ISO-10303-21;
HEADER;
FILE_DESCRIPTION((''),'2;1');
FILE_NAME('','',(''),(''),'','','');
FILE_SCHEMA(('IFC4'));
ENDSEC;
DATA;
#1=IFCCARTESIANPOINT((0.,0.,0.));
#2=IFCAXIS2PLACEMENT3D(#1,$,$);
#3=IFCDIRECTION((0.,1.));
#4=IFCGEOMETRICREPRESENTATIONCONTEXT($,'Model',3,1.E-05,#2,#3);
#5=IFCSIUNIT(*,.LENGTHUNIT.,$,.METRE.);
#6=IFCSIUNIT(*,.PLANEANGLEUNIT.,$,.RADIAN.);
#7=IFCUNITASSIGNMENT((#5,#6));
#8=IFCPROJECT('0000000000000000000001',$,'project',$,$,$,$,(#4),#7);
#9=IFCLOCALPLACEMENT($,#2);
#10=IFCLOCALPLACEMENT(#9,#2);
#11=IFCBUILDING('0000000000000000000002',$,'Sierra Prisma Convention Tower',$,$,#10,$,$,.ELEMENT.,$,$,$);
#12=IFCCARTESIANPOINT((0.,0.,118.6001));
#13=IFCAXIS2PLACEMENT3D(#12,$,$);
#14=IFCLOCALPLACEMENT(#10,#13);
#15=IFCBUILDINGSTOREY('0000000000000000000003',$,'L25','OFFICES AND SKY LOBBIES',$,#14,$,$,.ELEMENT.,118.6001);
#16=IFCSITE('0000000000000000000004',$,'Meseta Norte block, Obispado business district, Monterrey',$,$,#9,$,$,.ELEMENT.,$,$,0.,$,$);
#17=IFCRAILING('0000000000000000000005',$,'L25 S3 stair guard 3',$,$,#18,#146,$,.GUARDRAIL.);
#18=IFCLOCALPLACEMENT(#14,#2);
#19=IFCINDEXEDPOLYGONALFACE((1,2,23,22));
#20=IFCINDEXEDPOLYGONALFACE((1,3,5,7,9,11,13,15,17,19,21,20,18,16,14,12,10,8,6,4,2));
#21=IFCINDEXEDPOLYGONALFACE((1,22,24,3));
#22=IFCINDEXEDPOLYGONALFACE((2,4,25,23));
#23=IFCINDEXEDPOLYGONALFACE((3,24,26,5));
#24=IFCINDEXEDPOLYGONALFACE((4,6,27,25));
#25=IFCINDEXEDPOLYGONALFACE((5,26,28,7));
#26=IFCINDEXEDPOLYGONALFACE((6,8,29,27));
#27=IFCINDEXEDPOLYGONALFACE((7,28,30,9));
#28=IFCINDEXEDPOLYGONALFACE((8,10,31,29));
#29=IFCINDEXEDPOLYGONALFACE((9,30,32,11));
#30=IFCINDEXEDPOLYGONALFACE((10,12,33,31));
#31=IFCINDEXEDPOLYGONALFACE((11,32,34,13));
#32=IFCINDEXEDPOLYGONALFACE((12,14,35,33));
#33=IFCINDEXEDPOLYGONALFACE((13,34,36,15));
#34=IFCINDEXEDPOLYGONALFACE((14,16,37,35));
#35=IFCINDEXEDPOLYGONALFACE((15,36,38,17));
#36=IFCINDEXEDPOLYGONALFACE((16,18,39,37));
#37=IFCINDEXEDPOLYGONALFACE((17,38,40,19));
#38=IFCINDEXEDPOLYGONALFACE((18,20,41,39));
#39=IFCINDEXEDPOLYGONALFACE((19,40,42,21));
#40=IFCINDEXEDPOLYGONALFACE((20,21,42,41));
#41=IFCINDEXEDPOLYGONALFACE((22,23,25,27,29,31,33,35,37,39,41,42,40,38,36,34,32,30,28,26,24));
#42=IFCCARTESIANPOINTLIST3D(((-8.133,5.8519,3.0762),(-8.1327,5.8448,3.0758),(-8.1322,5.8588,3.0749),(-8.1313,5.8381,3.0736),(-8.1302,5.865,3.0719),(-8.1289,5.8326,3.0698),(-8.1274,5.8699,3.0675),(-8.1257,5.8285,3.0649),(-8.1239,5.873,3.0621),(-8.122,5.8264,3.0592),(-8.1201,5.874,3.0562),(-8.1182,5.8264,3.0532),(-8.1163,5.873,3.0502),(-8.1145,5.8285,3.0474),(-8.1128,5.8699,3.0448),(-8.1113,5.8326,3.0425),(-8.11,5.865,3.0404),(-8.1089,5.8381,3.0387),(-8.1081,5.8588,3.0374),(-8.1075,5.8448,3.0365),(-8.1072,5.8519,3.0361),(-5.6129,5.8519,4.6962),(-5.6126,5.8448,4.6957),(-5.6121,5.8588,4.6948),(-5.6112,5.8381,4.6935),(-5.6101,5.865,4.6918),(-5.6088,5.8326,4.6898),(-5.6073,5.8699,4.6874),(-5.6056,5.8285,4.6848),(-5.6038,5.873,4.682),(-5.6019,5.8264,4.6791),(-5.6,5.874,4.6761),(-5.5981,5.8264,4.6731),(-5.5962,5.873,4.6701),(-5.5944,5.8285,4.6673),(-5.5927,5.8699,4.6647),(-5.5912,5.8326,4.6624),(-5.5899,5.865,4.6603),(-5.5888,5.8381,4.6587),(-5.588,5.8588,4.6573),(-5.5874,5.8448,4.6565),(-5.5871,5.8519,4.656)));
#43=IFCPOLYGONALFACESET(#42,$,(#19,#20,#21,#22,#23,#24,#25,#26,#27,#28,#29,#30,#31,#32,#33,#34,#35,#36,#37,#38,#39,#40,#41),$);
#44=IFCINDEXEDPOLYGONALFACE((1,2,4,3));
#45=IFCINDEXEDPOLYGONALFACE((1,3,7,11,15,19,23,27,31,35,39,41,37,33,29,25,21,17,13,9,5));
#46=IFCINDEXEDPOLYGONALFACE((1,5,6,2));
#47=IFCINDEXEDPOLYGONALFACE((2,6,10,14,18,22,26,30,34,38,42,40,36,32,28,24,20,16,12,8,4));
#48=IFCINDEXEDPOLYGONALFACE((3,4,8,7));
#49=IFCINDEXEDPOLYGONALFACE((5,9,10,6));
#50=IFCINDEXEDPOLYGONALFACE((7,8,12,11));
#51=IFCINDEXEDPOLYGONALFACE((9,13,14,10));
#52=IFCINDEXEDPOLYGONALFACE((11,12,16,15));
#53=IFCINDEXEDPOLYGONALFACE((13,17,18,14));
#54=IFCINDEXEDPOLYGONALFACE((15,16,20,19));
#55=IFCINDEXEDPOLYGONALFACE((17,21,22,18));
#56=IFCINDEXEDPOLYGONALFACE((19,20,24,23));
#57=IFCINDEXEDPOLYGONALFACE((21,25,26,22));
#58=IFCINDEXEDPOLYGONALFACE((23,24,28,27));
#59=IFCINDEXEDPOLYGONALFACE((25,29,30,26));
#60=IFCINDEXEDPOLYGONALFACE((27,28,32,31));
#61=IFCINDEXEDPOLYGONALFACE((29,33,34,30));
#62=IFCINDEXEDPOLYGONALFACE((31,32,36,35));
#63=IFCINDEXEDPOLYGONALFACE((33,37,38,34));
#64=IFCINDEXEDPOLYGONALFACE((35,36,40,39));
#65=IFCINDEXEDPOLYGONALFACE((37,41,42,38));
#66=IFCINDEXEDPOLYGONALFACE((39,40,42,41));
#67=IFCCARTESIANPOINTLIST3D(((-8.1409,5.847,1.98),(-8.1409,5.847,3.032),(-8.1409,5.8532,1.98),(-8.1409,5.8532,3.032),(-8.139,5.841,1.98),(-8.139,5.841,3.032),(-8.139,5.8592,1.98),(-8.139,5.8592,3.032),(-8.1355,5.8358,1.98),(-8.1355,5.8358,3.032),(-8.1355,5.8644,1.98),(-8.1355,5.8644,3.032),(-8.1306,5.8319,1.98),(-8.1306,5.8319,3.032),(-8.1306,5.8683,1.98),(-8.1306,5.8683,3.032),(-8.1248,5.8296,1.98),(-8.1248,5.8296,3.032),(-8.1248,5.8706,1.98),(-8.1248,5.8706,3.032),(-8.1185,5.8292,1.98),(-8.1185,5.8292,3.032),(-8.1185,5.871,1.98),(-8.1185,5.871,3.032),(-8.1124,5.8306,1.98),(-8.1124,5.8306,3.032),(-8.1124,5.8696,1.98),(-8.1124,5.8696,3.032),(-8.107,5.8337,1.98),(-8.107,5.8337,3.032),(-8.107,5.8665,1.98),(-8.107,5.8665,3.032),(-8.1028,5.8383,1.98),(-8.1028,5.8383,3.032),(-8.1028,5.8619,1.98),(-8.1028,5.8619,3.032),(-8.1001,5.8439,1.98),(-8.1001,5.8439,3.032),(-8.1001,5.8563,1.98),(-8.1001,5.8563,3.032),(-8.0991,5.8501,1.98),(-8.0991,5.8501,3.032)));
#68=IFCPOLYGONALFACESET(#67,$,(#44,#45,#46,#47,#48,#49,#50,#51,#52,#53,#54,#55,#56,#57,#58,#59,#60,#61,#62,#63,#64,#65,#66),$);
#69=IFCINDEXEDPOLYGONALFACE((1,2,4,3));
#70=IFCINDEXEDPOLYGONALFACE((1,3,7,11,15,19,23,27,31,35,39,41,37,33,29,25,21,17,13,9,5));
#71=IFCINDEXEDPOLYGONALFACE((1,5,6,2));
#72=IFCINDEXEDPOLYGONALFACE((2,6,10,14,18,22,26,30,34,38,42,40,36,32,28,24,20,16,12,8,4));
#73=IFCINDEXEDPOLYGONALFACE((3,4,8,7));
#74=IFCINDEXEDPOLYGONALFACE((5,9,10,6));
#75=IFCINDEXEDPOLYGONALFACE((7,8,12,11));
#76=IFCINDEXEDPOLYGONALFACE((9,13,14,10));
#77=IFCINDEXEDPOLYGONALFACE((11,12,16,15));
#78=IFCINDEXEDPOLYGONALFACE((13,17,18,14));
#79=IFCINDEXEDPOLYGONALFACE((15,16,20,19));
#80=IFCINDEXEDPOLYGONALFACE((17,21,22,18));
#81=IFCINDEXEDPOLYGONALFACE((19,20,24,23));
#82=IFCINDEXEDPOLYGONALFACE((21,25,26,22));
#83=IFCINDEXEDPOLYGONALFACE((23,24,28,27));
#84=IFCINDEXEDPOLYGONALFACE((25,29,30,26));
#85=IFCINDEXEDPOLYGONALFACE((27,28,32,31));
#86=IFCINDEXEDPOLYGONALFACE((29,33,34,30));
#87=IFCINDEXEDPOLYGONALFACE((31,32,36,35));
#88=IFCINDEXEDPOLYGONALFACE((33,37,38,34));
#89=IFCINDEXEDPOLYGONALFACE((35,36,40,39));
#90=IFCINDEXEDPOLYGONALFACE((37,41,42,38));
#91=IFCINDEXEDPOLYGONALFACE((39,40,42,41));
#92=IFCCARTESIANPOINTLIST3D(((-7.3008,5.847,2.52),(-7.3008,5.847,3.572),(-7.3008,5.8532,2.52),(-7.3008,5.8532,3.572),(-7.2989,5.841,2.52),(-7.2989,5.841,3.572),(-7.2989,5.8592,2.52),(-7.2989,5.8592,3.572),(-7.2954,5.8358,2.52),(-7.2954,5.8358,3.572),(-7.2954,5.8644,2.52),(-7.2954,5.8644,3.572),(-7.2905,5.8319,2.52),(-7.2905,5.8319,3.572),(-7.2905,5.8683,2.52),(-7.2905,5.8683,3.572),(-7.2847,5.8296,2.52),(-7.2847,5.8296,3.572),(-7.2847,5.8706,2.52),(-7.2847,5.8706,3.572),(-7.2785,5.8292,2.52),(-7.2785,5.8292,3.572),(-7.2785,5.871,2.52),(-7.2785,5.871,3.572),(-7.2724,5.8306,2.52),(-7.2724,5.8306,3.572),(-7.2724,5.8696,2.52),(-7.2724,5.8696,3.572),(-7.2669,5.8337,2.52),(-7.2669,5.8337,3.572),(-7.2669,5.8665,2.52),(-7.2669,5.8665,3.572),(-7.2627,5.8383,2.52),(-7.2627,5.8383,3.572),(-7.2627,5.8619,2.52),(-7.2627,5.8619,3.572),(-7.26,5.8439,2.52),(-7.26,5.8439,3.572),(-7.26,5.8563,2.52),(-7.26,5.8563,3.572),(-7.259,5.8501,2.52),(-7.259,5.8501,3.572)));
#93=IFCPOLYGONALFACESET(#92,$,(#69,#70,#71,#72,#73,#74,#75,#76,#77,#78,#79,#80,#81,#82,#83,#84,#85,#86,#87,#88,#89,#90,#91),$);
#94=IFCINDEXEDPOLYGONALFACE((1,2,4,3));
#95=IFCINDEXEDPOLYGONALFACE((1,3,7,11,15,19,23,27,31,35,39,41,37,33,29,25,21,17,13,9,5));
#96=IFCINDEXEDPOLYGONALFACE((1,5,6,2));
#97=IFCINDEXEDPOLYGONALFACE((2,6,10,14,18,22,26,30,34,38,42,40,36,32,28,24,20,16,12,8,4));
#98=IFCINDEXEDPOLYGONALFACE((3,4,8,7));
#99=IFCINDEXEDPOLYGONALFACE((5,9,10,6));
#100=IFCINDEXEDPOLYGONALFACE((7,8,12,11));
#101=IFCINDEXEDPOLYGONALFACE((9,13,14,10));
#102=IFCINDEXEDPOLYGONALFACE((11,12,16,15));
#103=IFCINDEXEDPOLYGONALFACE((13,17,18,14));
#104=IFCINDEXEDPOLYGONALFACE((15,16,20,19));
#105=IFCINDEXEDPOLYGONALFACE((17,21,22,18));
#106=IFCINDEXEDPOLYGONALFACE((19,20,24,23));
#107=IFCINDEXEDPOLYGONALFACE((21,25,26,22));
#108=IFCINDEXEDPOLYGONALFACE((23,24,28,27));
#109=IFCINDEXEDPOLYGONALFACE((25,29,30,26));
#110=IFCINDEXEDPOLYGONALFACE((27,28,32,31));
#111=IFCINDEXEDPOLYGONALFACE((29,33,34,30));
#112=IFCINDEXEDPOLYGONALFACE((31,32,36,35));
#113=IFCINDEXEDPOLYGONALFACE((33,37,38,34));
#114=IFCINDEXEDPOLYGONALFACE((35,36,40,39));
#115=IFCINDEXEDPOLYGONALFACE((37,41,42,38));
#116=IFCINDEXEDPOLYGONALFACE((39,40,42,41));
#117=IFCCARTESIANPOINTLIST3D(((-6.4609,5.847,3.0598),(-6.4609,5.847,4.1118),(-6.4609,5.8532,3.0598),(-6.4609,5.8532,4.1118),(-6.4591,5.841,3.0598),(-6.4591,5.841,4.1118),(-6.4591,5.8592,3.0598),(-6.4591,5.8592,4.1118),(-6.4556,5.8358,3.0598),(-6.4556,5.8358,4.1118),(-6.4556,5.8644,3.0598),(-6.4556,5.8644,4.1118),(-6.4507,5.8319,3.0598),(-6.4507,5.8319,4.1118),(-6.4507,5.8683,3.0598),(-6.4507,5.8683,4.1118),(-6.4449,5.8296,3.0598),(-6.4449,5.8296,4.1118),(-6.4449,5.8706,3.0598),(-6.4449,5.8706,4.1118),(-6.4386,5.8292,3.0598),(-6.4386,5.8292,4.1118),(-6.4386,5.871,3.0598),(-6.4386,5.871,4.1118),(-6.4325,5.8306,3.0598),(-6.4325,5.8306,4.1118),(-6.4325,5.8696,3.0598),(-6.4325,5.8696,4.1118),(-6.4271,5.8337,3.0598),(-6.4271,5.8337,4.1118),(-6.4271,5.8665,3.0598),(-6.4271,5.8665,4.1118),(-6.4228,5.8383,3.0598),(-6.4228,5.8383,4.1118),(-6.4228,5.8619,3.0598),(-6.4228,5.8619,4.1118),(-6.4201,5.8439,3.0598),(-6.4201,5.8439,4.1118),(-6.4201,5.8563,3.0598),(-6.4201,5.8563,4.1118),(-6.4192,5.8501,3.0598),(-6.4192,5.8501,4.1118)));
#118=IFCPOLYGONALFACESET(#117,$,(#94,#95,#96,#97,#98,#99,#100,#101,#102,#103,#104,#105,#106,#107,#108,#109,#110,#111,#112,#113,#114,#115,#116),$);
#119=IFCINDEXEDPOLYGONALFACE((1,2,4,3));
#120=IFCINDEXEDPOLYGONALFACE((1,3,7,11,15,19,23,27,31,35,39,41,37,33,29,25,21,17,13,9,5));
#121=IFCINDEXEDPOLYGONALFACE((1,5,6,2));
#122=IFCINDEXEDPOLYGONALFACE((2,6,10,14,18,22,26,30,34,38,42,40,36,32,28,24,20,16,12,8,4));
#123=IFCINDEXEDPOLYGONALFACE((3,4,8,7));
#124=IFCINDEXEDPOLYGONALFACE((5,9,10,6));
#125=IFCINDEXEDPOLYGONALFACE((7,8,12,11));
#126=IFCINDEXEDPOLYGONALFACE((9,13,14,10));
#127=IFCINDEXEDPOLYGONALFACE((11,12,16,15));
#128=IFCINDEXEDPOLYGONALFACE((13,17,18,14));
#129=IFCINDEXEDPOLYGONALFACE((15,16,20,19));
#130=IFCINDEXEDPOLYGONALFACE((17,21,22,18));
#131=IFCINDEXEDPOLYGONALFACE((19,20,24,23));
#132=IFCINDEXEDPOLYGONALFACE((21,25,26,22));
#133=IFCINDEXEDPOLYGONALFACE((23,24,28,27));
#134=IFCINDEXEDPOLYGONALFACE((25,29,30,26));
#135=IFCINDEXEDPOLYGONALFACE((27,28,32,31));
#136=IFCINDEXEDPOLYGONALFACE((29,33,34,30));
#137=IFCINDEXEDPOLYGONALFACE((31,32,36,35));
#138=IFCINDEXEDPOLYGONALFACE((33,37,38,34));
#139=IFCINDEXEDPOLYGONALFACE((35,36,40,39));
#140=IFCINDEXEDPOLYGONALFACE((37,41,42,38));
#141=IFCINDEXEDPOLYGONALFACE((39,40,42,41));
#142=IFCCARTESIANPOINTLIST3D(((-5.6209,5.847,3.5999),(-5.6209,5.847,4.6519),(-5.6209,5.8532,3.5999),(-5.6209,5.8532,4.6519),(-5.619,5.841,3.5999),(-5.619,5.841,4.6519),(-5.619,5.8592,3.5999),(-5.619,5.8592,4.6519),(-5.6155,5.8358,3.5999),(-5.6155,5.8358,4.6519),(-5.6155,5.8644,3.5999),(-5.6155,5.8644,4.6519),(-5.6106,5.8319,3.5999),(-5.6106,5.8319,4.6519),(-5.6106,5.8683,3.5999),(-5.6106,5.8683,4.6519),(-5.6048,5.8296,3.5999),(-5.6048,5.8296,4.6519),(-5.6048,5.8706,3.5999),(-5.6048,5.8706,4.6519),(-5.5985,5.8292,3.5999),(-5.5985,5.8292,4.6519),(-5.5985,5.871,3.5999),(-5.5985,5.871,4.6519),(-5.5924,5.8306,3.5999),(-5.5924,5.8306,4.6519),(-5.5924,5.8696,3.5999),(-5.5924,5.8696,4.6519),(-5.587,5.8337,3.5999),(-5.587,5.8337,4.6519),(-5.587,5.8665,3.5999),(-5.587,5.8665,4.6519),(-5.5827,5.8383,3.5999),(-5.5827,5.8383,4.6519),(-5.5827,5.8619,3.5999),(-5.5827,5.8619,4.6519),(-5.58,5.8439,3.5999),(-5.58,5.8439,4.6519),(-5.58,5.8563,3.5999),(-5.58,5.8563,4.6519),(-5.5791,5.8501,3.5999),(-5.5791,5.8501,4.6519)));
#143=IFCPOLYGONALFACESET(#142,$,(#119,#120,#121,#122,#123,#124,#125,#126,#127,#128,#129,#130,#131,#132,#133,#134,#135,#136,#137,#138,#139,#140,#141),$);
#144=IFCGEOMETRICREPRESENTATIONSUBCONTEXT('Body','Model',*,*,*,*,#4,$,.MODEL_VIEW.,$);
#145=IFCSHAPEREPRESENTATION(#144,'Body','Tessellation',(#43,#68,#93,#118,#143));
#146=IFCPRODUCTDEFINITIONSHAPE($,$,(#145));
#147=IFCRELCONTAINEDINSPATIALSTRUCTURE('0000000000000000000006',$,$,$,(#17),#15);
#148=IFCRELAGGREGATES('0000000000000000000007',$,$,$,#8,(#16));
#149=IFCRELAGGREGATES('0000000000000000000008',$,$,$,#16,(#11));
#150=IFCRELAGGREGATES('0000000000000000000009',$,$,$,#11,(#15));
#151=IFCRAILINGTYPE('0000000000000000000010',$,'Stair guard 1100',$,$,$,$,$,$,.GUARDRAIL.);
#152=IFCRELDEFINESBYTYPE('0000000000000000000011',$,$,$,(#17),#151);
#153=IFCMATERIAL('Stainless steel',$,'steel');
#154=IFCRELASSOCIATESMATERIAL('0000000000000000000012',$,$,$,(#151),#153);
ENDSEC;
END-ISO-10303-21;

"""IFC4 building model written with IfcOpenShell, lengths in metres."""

from ifc_helpers import new_model, si_unit, direction, frame, origin, origin_2d, place, context, subcontext, project, spatial, circle, extrude, material, type_object, element, save


model = new_model("IFC4")

# Units and contexts
model_context = context("Model", 3, precision=1e-05, world=origin(), true_north=direction((0.0, 1.0)))
body_context = subcontext(model_context, "Body", "Model", "MODEL_VIEW")
ifc_project = project(units=[si_unit("LENGTHUNIT", "METRE"), si_unit("PLANEANGLEUNIT", "RADIAN")], contexts=[model_context])

# Site, building, storey
site_placement = place(None, origin())
site = spatial("IfcSite", under=ifc_project, at=site_placement, Name="Meseta Norte block, Obispado business district, Monterrey", CompositionType="ELEMENT", RefElevation=0.0)
building_placement = place(site_placement, origin())
building = spatial("IfcBuilding", under=site, at=building_placement, Name="Sierra Prisma Convention Tower", CompositionType="ELEMENT")
storey_placement = place(building_placement, frame((0.0, 0.0, 118.6001)))
storey = spatial("IfcBuildingStorey", under=building, at=storey_placement, Name="L25", Description="OFFICES AND SKY LOBBIES", CompositionType="ELEMENT", Elevation=118.6001)

# Railing
ifc_material_1 = material(Name="Stainless steel", Category="steel")
railing_type_1 = type_object("IfcRailingType", Name="Stair guard 1100", PredefinedType="GUARDRAIL", material=ifc_material_1)
railing_1_placement = place(storey_placement, frame((-8.1201, 5.8501, 1.98)))
element("IfcRailing", 1, at=railing_1_placement, inside=storey, type_object=railing_type_1, Name="L25 S3 stair guard 3", PredefinedType="GUARDRAIL", context=body_context, shape_type="SweptSolid", body=[
    extrude(circle(Radius=0.0239, at=origin_2d()), frame((0.0, 0.0, 1.0762), z_axis=(0.8412, 0.0, 0.540725), x_axis=(0.0, 1.0, 0.0)), (0.0, 0.0, 1.0), 2.9958),
    extrude(circle(Radius=0.021, at=origin_2d()), origin(), (0.0, 0.0, 1.0), 1.052),
    extrude(circle(Radius=0.021, at=origin_2d()), frame((0.8401, 0.0, 0.54)), (0.0, 0.0, 1.0), 1.052),
    extrude(circle(Radius=0.021, at=origin_2d()), frame((1.6799, 0.0, 1.0798)), (0.0, 0.0, 1.0), 1.052),
    extrude(circle(Radius=0.021, at=origin_2d()), frame((2.52, 0.0, 1.6199)), (0.0, 0.0, 1.0), 1.052),
])

save(model, "model.ifc")
